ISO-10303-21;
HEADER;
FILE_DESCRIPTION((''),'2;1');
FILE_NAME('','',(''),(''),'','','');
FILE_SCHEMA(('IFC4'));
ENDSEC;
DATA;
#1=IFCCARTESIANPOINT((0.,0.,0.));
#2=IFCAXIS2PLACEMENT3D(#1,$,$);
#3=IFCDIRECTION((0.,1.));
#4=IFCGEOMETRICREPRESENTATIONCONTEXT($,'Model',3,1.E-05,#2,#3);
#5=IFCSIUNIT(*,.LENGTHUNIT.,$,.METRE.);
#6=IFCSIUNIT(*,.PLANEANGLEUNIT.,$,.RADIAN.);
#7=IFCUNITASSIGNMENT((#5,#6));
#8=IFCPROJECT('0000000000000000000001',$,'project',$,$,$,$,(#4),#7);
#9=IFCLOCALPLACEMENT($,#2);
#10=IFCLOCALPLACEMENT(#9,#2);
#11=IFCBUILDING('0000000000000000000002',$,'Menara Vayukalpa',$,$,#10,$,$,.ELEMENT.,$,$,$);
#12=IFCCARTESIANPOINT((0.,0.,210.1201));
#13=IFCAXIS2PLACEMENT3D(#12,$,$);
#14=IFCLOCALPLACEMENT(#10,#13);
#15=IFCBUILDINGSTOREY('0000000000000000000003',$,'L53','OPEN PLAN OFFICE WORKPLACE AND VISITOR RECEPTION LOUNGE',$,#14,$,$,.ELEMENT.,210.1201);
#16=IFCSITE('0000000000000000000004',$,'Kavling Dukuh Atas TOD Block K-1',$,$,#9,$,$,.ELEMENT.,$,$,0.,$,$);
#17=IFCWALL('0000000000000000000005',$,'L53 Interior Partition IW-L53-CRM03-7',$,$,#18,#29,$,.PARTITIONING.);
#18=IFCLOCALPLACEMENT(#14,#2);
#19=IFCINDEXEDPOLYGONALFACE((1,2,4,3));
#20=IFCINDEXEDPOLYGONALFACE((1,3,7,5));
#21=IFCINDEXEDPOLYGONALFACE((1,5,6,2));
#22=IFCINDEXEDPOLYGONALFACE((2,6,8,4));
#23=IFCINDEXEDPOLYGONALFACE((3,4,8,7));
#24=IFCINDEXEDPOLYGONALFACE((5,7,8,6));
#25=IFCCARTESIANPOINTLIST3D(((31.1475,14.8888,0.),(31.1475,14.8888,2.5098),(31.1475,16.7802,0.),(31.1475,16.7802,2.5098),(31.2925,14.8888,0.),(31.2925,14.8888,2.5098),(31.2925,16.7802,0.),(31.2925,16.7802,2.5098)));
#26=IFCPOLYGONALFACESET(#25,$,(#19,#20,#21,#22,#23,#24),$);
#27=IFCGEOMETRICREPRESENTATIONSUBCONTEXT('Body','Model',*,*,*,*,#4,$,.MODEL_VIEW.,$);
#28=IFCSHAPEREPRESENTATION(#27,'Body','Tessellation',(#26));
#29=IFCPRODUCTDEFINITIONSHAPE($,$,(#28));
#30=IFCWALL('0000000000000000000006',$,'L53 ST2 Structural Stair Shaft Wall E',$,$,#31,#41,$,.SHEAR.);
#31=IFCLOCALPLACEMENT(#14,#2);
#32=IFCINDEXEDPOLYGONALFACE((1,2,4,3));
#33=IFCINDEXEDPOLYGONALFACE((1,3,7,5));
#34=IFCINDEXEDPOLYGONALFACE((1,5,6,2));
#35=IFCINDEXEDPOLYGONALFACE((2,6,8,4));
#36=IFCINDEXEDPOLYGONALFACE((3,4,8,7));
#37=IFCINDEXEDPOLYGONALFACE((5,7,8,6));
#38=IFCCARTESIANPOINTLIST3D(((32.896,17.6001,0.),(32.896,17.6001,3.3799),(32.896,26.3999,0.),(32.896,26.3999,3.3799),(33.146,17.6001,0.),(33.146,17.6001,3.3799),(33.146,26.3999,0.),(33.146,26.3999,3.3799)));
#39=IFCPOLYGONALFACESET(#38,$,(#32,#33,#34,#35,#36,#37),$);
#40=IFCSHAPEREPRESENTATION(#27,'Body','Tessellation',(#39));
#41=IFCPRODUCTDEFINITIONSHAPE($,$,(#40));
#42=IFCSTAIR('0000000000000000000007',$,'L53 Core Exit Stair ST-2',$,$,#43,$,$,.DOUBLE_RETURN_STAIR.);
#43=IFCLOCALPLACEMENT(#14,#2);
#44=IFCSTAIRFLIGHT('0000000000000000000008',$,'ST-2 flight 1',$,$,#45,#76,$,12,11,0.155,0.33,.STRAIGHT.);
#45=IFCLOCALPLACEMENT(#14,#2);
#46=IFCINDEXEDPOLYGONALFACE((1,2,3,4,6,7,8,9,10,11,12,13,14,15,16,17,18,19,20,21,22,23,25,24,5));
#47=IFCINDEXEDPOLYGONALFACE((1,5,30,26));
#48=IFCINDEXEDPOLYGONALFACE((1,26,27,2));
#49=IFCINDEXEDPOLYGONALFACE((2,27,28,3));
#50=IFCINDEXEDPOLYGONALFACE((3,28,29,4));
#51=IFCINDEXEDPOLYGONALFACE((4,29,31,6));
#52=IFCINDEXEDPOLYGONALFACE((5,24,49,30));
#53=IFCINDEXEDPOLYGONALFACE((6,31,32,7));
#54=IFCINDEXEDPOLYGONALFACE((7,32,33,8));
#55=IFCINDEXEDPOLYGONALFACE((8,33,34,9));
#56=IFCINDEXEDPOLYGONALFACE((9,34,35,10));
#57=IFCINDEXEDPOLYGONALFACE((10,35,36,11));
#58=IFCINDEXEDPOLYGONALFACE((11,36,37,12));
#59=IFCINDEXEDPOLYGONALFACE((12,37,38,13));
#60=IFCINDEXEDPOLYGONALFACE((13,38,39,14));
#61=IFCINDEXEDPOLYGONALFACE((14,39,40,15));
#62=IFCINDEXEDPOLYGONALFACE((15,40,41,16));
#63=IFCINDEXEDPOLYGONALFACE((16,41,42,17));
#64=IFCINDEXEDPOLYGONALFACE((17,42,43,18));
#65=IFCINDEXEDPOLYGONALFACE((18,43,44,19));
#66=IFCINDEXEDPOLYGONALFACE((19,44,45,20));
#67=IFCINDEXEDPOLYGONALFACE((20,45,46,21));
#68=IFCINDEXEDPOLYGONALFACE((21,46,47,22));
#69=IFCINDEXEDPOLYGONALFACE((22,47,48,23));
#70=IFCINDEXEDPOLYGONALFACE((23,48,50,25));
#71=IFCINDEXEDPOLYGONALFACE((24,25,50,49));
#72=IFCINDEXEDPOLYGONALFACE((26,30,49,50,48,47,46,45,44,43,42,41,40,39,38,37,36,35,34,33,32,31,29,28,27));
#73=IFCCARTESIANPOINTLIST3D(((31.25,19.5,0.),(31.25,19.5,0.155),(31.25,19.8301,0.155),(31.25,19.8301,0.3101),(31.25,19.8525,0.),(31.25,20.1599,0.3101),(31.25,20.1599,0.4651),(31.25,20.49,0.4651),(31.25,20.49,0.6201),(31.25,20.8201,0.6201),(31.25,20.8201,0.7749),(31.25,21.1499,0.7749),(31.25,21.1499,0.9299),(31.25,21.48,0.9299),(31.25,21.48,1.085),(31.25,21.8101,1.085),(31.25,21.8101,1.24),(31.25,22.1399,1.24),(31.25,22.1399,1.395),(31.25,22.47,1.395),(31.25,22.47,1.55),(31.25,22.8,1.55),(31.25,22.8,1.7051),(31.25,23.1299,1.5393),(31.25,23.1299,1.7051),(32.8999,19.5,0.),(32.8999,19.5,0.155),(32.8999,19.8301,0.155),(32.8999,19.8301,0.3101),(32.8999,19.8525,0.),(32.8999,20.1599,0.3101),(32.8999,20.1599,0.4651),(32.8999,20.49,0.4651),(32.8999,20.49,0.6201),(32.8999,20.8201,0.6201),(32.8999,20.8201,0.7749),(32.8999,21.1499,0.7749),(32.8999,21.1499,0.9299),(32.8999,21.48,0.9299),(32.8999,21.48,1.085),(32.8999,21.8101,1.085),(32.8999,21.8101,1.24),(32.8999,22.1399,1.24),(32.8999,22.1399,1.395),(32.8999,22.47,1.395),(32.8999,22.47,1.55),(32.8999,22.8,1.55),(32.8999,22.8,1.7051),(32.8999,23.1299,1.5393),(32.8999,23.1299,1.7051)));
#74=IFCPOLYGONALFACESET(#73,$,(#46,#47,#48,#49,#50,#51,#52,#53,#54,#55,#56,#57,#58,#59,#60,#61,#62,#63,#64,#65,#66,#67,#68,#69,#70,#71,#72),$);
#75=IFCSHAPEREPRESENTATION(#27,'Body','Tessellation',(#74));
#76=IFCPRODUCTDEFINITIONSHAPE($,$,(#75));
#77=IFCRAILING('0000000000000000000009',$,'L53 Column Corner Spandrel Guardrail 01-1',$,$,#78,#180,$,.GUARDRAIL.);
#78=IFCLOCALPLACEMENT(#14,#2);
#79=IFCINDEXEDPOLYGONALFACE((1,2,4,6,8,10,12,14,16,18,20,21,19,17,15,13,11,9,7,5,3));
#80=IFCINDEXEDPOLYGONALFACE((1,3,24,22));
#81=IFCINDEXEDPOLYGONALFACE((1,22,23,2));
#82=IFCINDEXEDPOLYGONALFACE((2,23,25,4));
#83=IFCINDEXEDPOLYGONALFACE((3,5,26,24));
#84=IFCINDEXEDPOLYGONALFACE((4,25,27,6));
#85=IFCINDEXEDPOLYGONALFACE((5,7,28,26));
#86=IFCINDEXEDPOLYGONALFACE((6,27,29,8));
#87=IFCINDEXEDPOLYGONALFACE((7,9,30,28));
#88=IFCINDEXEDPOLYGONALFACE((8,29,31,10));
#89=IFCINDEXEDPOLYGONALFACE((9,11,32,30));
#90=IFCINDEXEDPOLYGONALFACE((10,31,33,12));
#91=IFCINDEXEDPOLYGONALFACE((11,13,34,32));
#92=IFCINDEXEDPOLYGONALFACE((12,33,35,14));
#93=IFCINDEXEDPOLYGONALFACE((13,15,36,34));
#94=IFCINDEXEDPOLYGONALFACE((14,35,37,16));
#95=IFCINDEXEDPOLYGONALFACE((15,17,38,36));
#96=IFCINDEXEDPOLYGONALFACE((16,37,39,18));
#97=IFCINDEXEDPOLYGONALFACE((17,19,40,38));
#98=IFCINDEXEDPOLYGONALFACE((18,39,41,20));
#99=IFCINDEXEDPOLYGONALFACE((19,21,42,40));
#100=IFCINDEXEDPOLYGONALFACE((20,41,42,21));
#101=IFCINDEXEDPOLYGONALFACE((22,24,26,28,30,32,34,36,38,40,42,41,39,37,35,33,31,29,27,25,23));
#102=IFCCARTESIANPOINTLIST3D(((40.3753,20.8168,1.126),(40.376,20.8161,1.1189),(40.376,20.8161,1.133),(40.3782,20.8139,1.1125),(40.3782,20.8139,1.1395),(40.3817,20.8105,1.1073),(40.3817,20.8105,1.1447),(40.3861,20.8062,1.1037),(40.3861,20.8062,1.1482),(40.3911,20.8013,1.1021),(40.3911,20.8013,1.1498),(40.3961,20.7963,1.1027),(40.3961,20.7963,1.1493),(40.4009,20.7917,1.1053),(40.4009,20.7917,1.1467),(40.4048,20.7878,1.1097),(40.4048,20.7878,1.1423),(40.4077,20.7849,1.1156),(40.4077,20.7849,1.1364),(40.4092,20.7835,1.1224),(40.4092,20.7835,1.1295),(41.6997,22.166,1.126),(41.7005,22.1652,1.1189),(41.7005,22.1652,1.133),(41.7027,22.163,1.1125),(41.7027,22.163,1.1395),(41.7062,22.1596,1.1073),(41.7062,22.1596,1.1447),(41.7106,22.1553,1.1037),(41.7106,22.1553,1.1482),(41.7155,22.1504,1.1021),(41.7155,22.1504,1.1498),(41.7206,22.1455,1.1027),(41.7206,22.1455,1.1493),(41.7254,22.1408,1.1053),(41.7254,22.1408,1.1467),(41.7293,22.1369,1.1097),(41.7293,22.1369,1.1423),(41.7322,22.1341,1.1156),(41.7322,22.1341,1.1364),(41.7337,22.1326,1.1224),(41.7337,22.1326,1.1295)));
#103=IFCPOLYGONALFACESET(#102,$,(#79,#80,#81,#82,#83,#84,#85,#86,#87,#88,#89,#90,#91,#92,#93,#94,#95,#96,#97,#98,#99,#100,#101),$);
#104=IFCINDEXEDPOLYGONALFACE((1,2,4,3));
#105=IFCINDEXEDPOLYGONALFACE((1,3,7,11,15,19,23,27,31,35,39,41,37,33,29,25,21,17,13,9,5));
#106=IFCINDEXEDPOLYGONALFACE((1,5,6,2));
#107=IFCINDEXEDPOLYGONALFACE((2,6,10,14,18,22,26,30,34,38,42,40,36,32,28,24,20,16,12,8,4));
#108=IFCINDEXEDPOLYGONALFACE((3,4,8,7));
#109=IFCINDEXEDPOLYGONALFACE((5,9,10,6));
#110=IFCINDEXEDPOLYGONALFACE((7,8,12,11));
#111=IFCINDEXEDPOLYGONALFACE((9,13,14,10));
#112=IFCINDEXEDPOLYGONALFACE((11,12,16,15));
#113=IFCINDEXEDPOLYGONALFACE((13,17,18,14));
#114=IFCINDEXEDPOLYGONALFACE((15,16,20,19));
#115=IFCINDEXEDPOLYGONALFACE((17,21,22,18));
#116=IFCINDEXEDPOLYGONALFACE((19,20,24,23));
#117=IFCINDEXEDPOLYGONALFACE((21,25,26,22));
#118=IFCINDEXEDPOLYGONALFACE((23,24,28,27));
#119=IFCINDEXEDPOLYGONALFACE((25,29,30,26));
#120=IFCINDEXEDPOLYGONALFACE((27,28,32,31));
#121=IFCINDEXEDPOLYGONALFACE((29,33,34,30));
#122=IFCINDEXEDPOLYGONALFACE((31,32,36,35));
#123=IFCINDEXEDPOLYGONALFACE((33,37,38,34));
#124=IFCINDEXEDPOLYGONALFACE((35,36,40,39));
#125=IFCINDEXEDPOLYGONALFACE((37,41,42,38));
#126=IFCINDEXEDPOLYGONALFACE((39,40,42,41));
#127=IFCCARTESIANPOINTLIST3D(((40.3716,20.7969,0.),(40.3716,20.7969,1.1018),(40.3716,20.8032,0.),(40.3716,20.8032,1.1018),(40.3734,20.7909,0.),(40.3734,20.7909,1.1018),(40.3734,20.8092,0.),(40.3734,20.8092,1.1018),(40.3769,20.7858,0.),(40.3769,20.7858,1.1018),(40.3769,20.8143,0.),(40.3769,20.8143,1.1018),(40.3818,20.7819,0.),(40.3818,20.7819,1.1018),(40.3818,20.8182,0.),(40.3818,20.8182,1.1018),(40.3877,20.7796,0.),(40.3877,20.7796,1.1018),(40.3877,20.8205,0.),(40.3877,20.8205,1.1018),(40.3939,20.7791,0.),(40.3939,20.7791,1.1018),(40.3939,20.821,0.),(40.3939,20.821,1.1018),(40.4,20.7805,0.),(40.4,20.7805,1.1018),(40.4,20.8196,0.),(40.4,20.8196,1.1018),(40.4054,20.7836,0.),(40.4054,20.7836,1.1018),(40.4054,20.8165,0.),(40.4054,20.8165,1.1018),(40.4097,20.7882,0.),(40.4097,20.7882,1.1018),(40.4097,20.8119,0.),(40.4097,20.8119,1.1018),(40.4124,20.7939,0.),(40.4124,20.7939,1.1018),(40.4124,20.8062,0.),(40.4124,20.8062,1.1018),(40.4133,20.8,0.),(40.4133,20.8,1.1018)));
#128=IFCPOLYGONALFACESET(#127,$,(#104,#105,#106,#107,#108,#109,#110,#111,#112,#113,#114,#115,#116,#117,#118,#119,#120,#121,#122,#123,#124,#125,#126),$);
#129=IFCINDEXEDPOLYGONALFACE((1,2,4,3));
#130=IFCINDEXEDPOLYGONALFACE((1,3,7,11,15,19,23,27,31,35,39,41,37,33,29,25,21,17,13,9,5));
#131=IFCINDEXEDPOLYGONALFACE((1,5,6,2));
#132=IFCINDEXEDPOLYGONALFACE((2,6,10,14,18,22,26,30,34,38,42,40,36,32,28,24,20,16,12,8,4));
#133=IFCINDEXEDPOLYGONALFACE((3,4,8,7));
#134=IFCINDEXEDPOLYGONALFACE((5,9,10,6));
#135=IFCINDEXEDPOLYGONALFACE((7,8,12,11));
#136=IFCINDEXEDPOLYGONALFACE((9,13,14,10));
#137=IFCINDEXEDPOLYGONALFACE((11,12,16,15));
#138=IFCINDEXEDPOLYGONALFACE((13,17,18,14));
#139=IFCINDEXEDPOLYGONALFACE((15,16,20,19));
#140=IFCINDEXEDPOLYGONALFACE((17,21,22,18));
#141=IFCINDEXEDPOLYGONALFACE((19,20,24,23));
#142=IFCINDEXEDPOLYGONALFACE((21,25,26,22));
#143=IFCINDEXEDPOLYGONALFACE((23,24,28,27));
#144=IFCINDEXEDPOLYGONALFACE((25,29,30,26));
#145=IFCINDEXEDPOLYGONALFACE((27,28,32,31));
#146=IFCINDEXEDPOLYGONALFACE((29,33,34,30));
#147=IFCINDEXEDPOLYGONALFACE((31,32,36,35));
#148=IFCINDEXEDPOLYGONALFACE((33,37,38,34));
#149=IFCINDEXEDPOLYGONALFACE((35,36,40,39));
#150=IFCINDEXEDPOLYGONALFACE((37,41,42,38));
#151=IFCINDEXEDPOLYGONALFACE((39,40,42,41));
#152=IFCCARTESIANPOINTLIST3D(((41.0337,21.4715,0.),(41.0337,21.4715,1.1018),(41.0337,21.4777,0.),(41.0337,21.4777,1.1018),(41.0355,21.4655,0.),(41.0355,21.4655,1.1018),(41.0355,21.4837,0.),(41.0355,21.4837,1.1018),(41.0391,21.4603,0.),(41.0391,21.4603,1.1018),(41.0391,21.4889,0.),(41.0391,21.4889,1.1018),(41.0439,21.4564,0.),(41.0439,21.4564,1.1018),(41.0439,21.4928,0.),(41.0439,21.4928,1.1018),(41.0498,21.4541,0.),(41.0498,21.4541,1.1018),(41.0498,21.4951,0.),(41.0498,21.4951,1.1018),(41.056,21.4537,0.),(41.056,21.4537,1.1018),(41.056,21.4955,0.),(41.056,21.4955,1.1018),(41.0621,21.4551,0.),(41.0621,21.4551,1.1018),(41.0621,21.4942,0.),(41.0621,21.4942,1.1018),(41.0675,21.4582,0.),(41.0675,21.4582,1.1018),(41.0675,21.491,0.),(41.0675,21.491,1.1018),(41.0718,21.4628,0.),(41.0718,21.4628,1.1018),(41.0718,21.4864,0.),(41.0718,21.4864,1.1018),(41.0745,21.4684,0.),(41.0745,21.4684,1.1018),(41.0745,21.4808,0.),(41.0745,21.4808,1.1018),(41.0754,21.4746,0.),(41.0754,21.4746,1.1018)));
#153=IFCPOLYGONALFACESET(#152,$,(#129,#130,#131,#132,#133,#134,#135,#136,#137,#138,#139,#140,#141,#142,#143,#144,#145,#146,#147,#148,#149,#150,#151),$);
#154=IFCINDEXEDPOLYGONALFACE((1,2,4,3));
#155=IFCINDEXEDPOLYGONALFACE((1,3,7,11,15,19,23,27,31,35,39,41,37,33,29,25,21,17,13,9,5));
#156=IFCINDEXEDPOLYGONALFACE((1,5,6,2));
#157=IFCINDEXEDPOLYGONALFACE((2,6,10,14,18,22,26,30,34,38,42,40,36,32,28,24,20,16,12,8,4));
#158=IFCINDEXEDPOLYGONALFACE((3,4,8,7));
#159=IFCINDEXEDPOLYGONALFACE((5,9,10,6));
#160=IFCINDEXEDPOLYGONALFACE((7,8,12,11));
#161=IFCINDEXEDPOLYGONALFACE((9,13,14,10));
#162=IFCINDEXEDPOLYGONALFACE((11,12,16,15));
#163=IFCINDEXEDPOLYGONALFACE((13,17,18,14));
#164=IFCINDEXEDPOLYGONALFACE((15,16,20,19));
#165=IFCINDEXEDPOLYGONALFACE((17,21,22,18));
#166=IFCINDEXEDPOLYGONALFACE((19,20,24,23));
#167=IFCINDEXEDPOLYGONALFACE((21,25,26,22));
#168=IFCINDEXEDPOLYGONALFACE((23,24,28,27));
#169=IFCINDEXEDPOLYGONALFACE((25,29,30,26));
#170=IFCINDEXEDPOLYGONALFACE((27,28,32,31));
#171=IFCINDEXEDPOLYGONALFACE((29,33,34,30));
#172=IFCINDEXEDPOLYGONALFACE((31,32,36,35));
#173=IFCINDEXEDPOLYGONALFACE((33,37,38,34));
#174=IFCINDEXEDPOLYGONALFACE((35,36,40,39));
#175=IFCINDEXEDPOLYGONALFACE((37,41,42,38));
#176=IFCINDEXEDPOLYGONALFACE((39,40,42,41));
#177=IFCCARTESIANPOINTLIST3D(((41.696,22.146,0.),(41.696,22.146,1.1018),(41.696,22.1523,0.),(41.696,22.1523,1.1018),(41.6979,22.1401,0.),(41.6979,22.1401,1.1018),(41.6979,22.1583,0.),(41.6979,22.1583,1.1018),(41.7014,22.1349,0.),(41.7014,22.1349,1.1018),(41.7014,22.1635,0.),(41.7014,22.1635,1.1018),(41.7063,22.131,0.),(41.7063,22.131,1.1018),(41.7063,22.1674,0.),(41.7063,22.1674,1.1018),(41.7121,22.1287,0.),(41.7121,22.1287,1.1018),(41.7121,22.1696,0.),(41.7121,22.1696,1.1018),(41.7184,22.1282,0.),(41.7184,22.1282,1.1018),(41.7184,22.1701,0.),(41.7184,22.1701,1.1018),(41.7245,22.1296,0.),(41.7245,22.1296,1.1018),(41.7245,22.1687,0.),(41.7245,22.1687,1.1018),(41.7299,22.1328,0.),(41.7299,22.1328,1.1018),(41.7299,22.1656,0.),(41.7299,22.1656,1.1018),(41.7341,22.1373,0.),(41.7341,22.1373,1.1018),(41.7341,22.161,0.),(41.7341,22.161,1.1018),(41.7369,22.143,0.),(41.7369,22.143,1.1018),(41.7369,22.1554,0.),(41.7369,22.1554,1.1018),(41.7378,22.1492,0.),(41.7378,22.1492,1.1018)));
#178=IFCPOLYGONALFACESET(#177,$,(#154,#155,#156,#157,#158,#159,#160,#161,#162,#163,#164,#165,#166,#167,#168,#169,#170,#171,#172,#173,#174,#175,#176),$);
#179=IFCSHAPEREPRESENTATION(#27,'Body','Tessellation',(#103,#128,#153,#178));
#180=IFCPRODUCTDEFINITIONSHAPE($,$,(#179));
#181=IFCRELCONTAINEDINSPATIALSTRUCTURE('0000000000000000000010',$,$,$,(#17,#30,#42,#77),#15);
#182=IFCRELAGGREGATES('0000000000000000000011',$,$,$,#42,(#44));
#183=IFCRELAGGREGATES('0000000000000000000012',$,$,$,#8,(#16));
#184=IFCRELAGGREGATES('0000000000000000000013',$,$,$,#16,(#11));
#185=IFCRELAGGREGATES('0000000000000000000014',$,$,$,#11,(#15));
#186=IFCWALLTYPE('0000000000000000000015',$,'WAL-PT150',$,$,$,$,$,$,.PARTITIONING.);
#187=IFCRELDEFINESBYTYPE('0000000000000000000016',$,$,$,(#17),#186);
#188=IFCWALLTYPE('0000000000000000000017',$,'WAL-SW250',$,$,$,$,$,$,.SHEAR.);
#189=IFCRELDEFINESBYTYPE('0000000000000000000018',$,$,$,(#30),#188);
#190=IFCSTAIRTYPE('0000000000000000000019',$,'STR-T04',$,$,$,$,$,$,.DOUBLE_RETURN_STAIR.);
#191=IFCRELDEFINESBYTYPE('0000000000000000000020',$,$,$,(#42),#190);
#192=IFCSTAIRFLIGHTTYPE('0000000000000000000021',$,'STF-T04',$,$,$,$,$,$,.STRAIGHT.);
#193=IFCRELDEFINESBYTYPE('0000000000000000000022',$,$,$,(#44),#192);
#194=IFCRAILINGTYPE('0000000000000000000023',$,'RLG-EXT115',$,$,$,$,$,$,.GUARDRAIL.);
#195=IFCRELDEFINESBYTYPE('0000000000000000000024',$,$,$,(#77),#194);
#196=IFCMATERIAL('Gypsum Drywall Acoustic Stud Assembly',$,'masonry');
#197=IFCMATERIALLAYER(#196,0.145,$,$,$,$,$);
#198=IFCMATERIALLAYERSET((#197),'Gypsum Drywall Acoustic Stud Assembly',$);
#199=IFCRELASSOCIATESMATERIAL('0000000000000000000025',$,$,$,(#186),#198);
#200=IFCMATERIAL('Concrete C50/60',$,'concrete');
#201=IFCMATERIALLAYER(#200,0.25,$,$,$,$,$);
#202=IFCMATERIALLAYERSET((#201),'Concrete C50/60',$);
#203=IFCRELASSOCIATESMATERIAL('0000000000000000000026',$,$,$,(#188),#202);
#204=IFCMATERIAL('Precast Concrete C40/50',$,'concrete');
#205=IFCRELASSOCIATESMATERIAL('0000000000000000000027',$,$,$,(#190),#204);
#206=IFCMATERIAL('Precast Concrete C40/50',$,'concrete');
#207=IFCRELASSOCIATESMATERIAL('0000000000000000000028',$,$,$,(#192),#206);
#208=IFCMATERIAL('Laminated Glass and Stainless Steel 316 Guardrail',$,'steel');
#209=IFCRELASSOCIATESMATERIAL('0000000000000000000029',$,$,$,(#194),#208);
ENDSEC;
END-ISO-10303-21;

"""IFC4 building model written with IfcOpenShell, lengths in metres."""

from ifc_helpers import new_model, si_unit, direction, frame, frame_2d, origin, origin_2d, place, context, subcontext, project, spatial, polyline, rectangle, circle, outline, extrude, material, layer, layer_set, type_object, element, aggregate, save


model = new_model("IFC4")

# Units and contexts
model_context = context("Model", 3, precision=1e-05, world=origin(), true_north=direction((0.0, 1.0)))
body_context = subcontext(model_context, "Body", "Model", "MODEL_VIEW")
ifc_project = project(units=[si_unit("LENGTHUNIT", "METRE"), si_unit("PLANEANGLEUNIT", "RADIAN")], contexts=[model_context])

# Site, building, storey
site_placement = place(None, origin())
site = spatial("IfcSite", under=ifc_project, at=site_placement, Name="Kavling Dukuh Atas TOD Block K-1", CompositionType="ELEMENT", RefElevation=0.0)
building_placement = place(site_placement, origin())
building = spatial("IfcBuilding", under=site, at=building_placement, Name="Menara Vayukalpa", CompositionType="ELEMENT")
storey_placement = place(building_placement, frame((0.0, 0.0, 210.1201)))
storey = spatial("IfcBuildingStorey", under=building, at=storey_placement, Name="L53", Description="OPEN PLAN OFFICE WORKPLACE AND VISITOR RECEPTION LOUNGE", CompositionType="ELEMENT", Elevation=210.1201)

# Walls
ifc_material_1 = material(Name="Gypsum Drywall Acoustic Stud Assembly", Category="masonry")
ifc_layer_1 = layer(ifc_material_1, 0.145)
ifc_layer_set_1 = layer_set([ifc_layer_1], Name="Gypsum Drywall Acoustic Stud Assembly")
wall_type_1 = type_object("IfcWallType", Name="WAL-PT150", PredefinedType="PARTITIONING", material=ifc_layer_set_1)
wall_1_placement = place(storey_placement, frame((31.22, 14.8887, 0.0), z_axis=(0.0, 0.0, 1.0), x_axis=(0.0, 1.0, 0.0)))
element("IfcWall", 1, at=wall_1_placement, inside=storey, type_object=wall_type_1, Name="L53 Interior Partition IW-L53-CRM03-7", PredefinedType="PARTITIONING", context=body_context, shape_type="SweptSolid", body=[
    extrude(rectangle(XDim=1.8914, YDim=0.145, at=frame_2d((0.9458, 0.0))), origin(), (0.0, 0.0, 1.0), 2.5098),
])
ifc_material_2 = material(Name="Concrete C50/60", Category="concrete")
ifc_layer_2 = layer(ifc_material_2, 0.25)
ifc_layer_set_2 = layer_set([ifc_layer_2], Name="Concrete C50/60")
wall_type_2 = type_object("IfcWallType", Name="WAL-SW250", PredefinedType="SHEAR", material=ifc_layer_set_2)
wall_2_placement = place(storey_placement, frame((33.021, 17.6001, 0.0), z_axis=(0.0, 0.0, 1.0), x_axis=(0.0, 1.0, 0.0)))
element("IfcWall", 2, at=wall_2_placement, inside=storey, type_object=wall_type_2, Name="L53 ST2 Structural Stair Shaft Wall E", PredefinedType="SHEAR", context=body_context, shape_type="SweptSolid", body=[
    extrude(rectangle(XDim=8.7998, YDim=0.25, at=frame_2d((4.3999, 0.0))), origin(), (0.0, 0.0, 1.0), 3.3799),
])

# Stair, stair flight
ifc_material_3 = material(Name="Precast Concrete C40/50", Category="concrete")
stair_type = type_object("IfcStairType", Name="STR-T04", PredefinedType="DOUBLE_RETURN_STAIR", material=ifc_material_3)
stair_placement = place(storey_placement, origin())
stair = element("IfcStair", 3, at=stair_placement, inside=storey, type_object=stair_type, Name="L53 Core Exit Stair ST-2", PredefinedType="DOUBLE_RETURN_STAIR")
ifc_material_4 = material(Name="Precast Concrete C40/50", Category="concrete")
stair_flight_type = type_object("IfcStairFlightType", Name="STF-T04", PredefinedType="STRAIGHT", material=ifc_material_4)
stair_flight_placement = place(storey_placement, frame((32.075, 19.5, 0.0), z_axis=(0.0, 0.0, 1.0), x_axis=(0.0, 1.0, 0.0)))
stair_flight = element("IfcStairFlight", 4, at=stair_flight_placement, type_object=stair_flight_type, Name="ST-2 flight 1", NumberOfRisers=12, NumberOfTreads=11, PredefinedType="STRAIGHT", RiserHeight=0.155, TreadLength=0.33, context=body_context, shape_type="SweptSolid", body=[
    extrude(outline(polyline([(0.0, 0.0), (0.0, 0.155), (0.3301, 0.155), (0.3301, 0.3101), (0.6599, 0.3101), (0.6599, 0.4651), (0.99, 0.4651), (0.99, 0.6201), (1.3201, 0.6201), (1.3201, 0.7749), (1.6499, 0.7749), (1.6499, 0.9299), (1.98, 0.9299), (1.98, 1.085), (2.3101, 1.085), (2.3101, 1.24), (2.6399, 1.24), (2.6399, 1.395), (2.97, 1.395), (2.97, 1.55), (3.3, 1.55), (3.3, 1.7051), (3.6299, 1.7051), (3.6299, 1.8601), (3.6299, 1.5393), (0.3525, 0.0), (0.0, 0.0)])), frame((0.0, 0.825, 0.0), z_axis=(0.0, -1.0, 0.0), x_axis=(1.0, 0.0, 0.0)), (0.0, 0.0, 1.0), 1.6499),
])
aggregate(stair, [stair_flight])

# Railing
ifc_material_5 = material(Name="Laminated Glass and Stainless Steel 316 Guardrail", Category="steel")
railing_type_1 = type_object("IfcRailingType", Name="RLG-EXT115", PredefinedType="GUARDRAIL", material=ifc_material_5)
railing_1_placement = place(storey_placement, frame((40.3923, 20.8, 0.0)))
element("IfcRailing", 5, at=railing_1_placement, inside=storey, type_object=railing_type_1, Name="L53 Column Corner Spandrel Guardrail 01-1", PredefinedType="GUARDRAIL", context=body_context, shape_type="SweptSolid", body=[
    extrude(circle(Radius=0.0239, at=origin_2d()), frame((0.0, 0.0, 1.126), z_axis=(0.700555, 0.713598, 0.0), x_axis=(-0.713598, 0.700555, 0.0)), (0.0, 0.0, 1.0), 1.8906),
    extrude(circle(Radius=0.021, at=origin_2d()), origin(), (0.0, 0.0, 1.0), 1.1018),
    extrude(circle(Radius=0.021, at=origin_2d()), frame((0.6621, 0.6746, 0.0)), (0.0, 0.0, 1.0), 1.1018),
    extrude(circle(Radius=0.021, at=origin_2d()), frame((1.3245, 1.3491, 0.0)), (0.0, 0.0, 1.0), 1.1018),
])

save(model, "model.ifc")
